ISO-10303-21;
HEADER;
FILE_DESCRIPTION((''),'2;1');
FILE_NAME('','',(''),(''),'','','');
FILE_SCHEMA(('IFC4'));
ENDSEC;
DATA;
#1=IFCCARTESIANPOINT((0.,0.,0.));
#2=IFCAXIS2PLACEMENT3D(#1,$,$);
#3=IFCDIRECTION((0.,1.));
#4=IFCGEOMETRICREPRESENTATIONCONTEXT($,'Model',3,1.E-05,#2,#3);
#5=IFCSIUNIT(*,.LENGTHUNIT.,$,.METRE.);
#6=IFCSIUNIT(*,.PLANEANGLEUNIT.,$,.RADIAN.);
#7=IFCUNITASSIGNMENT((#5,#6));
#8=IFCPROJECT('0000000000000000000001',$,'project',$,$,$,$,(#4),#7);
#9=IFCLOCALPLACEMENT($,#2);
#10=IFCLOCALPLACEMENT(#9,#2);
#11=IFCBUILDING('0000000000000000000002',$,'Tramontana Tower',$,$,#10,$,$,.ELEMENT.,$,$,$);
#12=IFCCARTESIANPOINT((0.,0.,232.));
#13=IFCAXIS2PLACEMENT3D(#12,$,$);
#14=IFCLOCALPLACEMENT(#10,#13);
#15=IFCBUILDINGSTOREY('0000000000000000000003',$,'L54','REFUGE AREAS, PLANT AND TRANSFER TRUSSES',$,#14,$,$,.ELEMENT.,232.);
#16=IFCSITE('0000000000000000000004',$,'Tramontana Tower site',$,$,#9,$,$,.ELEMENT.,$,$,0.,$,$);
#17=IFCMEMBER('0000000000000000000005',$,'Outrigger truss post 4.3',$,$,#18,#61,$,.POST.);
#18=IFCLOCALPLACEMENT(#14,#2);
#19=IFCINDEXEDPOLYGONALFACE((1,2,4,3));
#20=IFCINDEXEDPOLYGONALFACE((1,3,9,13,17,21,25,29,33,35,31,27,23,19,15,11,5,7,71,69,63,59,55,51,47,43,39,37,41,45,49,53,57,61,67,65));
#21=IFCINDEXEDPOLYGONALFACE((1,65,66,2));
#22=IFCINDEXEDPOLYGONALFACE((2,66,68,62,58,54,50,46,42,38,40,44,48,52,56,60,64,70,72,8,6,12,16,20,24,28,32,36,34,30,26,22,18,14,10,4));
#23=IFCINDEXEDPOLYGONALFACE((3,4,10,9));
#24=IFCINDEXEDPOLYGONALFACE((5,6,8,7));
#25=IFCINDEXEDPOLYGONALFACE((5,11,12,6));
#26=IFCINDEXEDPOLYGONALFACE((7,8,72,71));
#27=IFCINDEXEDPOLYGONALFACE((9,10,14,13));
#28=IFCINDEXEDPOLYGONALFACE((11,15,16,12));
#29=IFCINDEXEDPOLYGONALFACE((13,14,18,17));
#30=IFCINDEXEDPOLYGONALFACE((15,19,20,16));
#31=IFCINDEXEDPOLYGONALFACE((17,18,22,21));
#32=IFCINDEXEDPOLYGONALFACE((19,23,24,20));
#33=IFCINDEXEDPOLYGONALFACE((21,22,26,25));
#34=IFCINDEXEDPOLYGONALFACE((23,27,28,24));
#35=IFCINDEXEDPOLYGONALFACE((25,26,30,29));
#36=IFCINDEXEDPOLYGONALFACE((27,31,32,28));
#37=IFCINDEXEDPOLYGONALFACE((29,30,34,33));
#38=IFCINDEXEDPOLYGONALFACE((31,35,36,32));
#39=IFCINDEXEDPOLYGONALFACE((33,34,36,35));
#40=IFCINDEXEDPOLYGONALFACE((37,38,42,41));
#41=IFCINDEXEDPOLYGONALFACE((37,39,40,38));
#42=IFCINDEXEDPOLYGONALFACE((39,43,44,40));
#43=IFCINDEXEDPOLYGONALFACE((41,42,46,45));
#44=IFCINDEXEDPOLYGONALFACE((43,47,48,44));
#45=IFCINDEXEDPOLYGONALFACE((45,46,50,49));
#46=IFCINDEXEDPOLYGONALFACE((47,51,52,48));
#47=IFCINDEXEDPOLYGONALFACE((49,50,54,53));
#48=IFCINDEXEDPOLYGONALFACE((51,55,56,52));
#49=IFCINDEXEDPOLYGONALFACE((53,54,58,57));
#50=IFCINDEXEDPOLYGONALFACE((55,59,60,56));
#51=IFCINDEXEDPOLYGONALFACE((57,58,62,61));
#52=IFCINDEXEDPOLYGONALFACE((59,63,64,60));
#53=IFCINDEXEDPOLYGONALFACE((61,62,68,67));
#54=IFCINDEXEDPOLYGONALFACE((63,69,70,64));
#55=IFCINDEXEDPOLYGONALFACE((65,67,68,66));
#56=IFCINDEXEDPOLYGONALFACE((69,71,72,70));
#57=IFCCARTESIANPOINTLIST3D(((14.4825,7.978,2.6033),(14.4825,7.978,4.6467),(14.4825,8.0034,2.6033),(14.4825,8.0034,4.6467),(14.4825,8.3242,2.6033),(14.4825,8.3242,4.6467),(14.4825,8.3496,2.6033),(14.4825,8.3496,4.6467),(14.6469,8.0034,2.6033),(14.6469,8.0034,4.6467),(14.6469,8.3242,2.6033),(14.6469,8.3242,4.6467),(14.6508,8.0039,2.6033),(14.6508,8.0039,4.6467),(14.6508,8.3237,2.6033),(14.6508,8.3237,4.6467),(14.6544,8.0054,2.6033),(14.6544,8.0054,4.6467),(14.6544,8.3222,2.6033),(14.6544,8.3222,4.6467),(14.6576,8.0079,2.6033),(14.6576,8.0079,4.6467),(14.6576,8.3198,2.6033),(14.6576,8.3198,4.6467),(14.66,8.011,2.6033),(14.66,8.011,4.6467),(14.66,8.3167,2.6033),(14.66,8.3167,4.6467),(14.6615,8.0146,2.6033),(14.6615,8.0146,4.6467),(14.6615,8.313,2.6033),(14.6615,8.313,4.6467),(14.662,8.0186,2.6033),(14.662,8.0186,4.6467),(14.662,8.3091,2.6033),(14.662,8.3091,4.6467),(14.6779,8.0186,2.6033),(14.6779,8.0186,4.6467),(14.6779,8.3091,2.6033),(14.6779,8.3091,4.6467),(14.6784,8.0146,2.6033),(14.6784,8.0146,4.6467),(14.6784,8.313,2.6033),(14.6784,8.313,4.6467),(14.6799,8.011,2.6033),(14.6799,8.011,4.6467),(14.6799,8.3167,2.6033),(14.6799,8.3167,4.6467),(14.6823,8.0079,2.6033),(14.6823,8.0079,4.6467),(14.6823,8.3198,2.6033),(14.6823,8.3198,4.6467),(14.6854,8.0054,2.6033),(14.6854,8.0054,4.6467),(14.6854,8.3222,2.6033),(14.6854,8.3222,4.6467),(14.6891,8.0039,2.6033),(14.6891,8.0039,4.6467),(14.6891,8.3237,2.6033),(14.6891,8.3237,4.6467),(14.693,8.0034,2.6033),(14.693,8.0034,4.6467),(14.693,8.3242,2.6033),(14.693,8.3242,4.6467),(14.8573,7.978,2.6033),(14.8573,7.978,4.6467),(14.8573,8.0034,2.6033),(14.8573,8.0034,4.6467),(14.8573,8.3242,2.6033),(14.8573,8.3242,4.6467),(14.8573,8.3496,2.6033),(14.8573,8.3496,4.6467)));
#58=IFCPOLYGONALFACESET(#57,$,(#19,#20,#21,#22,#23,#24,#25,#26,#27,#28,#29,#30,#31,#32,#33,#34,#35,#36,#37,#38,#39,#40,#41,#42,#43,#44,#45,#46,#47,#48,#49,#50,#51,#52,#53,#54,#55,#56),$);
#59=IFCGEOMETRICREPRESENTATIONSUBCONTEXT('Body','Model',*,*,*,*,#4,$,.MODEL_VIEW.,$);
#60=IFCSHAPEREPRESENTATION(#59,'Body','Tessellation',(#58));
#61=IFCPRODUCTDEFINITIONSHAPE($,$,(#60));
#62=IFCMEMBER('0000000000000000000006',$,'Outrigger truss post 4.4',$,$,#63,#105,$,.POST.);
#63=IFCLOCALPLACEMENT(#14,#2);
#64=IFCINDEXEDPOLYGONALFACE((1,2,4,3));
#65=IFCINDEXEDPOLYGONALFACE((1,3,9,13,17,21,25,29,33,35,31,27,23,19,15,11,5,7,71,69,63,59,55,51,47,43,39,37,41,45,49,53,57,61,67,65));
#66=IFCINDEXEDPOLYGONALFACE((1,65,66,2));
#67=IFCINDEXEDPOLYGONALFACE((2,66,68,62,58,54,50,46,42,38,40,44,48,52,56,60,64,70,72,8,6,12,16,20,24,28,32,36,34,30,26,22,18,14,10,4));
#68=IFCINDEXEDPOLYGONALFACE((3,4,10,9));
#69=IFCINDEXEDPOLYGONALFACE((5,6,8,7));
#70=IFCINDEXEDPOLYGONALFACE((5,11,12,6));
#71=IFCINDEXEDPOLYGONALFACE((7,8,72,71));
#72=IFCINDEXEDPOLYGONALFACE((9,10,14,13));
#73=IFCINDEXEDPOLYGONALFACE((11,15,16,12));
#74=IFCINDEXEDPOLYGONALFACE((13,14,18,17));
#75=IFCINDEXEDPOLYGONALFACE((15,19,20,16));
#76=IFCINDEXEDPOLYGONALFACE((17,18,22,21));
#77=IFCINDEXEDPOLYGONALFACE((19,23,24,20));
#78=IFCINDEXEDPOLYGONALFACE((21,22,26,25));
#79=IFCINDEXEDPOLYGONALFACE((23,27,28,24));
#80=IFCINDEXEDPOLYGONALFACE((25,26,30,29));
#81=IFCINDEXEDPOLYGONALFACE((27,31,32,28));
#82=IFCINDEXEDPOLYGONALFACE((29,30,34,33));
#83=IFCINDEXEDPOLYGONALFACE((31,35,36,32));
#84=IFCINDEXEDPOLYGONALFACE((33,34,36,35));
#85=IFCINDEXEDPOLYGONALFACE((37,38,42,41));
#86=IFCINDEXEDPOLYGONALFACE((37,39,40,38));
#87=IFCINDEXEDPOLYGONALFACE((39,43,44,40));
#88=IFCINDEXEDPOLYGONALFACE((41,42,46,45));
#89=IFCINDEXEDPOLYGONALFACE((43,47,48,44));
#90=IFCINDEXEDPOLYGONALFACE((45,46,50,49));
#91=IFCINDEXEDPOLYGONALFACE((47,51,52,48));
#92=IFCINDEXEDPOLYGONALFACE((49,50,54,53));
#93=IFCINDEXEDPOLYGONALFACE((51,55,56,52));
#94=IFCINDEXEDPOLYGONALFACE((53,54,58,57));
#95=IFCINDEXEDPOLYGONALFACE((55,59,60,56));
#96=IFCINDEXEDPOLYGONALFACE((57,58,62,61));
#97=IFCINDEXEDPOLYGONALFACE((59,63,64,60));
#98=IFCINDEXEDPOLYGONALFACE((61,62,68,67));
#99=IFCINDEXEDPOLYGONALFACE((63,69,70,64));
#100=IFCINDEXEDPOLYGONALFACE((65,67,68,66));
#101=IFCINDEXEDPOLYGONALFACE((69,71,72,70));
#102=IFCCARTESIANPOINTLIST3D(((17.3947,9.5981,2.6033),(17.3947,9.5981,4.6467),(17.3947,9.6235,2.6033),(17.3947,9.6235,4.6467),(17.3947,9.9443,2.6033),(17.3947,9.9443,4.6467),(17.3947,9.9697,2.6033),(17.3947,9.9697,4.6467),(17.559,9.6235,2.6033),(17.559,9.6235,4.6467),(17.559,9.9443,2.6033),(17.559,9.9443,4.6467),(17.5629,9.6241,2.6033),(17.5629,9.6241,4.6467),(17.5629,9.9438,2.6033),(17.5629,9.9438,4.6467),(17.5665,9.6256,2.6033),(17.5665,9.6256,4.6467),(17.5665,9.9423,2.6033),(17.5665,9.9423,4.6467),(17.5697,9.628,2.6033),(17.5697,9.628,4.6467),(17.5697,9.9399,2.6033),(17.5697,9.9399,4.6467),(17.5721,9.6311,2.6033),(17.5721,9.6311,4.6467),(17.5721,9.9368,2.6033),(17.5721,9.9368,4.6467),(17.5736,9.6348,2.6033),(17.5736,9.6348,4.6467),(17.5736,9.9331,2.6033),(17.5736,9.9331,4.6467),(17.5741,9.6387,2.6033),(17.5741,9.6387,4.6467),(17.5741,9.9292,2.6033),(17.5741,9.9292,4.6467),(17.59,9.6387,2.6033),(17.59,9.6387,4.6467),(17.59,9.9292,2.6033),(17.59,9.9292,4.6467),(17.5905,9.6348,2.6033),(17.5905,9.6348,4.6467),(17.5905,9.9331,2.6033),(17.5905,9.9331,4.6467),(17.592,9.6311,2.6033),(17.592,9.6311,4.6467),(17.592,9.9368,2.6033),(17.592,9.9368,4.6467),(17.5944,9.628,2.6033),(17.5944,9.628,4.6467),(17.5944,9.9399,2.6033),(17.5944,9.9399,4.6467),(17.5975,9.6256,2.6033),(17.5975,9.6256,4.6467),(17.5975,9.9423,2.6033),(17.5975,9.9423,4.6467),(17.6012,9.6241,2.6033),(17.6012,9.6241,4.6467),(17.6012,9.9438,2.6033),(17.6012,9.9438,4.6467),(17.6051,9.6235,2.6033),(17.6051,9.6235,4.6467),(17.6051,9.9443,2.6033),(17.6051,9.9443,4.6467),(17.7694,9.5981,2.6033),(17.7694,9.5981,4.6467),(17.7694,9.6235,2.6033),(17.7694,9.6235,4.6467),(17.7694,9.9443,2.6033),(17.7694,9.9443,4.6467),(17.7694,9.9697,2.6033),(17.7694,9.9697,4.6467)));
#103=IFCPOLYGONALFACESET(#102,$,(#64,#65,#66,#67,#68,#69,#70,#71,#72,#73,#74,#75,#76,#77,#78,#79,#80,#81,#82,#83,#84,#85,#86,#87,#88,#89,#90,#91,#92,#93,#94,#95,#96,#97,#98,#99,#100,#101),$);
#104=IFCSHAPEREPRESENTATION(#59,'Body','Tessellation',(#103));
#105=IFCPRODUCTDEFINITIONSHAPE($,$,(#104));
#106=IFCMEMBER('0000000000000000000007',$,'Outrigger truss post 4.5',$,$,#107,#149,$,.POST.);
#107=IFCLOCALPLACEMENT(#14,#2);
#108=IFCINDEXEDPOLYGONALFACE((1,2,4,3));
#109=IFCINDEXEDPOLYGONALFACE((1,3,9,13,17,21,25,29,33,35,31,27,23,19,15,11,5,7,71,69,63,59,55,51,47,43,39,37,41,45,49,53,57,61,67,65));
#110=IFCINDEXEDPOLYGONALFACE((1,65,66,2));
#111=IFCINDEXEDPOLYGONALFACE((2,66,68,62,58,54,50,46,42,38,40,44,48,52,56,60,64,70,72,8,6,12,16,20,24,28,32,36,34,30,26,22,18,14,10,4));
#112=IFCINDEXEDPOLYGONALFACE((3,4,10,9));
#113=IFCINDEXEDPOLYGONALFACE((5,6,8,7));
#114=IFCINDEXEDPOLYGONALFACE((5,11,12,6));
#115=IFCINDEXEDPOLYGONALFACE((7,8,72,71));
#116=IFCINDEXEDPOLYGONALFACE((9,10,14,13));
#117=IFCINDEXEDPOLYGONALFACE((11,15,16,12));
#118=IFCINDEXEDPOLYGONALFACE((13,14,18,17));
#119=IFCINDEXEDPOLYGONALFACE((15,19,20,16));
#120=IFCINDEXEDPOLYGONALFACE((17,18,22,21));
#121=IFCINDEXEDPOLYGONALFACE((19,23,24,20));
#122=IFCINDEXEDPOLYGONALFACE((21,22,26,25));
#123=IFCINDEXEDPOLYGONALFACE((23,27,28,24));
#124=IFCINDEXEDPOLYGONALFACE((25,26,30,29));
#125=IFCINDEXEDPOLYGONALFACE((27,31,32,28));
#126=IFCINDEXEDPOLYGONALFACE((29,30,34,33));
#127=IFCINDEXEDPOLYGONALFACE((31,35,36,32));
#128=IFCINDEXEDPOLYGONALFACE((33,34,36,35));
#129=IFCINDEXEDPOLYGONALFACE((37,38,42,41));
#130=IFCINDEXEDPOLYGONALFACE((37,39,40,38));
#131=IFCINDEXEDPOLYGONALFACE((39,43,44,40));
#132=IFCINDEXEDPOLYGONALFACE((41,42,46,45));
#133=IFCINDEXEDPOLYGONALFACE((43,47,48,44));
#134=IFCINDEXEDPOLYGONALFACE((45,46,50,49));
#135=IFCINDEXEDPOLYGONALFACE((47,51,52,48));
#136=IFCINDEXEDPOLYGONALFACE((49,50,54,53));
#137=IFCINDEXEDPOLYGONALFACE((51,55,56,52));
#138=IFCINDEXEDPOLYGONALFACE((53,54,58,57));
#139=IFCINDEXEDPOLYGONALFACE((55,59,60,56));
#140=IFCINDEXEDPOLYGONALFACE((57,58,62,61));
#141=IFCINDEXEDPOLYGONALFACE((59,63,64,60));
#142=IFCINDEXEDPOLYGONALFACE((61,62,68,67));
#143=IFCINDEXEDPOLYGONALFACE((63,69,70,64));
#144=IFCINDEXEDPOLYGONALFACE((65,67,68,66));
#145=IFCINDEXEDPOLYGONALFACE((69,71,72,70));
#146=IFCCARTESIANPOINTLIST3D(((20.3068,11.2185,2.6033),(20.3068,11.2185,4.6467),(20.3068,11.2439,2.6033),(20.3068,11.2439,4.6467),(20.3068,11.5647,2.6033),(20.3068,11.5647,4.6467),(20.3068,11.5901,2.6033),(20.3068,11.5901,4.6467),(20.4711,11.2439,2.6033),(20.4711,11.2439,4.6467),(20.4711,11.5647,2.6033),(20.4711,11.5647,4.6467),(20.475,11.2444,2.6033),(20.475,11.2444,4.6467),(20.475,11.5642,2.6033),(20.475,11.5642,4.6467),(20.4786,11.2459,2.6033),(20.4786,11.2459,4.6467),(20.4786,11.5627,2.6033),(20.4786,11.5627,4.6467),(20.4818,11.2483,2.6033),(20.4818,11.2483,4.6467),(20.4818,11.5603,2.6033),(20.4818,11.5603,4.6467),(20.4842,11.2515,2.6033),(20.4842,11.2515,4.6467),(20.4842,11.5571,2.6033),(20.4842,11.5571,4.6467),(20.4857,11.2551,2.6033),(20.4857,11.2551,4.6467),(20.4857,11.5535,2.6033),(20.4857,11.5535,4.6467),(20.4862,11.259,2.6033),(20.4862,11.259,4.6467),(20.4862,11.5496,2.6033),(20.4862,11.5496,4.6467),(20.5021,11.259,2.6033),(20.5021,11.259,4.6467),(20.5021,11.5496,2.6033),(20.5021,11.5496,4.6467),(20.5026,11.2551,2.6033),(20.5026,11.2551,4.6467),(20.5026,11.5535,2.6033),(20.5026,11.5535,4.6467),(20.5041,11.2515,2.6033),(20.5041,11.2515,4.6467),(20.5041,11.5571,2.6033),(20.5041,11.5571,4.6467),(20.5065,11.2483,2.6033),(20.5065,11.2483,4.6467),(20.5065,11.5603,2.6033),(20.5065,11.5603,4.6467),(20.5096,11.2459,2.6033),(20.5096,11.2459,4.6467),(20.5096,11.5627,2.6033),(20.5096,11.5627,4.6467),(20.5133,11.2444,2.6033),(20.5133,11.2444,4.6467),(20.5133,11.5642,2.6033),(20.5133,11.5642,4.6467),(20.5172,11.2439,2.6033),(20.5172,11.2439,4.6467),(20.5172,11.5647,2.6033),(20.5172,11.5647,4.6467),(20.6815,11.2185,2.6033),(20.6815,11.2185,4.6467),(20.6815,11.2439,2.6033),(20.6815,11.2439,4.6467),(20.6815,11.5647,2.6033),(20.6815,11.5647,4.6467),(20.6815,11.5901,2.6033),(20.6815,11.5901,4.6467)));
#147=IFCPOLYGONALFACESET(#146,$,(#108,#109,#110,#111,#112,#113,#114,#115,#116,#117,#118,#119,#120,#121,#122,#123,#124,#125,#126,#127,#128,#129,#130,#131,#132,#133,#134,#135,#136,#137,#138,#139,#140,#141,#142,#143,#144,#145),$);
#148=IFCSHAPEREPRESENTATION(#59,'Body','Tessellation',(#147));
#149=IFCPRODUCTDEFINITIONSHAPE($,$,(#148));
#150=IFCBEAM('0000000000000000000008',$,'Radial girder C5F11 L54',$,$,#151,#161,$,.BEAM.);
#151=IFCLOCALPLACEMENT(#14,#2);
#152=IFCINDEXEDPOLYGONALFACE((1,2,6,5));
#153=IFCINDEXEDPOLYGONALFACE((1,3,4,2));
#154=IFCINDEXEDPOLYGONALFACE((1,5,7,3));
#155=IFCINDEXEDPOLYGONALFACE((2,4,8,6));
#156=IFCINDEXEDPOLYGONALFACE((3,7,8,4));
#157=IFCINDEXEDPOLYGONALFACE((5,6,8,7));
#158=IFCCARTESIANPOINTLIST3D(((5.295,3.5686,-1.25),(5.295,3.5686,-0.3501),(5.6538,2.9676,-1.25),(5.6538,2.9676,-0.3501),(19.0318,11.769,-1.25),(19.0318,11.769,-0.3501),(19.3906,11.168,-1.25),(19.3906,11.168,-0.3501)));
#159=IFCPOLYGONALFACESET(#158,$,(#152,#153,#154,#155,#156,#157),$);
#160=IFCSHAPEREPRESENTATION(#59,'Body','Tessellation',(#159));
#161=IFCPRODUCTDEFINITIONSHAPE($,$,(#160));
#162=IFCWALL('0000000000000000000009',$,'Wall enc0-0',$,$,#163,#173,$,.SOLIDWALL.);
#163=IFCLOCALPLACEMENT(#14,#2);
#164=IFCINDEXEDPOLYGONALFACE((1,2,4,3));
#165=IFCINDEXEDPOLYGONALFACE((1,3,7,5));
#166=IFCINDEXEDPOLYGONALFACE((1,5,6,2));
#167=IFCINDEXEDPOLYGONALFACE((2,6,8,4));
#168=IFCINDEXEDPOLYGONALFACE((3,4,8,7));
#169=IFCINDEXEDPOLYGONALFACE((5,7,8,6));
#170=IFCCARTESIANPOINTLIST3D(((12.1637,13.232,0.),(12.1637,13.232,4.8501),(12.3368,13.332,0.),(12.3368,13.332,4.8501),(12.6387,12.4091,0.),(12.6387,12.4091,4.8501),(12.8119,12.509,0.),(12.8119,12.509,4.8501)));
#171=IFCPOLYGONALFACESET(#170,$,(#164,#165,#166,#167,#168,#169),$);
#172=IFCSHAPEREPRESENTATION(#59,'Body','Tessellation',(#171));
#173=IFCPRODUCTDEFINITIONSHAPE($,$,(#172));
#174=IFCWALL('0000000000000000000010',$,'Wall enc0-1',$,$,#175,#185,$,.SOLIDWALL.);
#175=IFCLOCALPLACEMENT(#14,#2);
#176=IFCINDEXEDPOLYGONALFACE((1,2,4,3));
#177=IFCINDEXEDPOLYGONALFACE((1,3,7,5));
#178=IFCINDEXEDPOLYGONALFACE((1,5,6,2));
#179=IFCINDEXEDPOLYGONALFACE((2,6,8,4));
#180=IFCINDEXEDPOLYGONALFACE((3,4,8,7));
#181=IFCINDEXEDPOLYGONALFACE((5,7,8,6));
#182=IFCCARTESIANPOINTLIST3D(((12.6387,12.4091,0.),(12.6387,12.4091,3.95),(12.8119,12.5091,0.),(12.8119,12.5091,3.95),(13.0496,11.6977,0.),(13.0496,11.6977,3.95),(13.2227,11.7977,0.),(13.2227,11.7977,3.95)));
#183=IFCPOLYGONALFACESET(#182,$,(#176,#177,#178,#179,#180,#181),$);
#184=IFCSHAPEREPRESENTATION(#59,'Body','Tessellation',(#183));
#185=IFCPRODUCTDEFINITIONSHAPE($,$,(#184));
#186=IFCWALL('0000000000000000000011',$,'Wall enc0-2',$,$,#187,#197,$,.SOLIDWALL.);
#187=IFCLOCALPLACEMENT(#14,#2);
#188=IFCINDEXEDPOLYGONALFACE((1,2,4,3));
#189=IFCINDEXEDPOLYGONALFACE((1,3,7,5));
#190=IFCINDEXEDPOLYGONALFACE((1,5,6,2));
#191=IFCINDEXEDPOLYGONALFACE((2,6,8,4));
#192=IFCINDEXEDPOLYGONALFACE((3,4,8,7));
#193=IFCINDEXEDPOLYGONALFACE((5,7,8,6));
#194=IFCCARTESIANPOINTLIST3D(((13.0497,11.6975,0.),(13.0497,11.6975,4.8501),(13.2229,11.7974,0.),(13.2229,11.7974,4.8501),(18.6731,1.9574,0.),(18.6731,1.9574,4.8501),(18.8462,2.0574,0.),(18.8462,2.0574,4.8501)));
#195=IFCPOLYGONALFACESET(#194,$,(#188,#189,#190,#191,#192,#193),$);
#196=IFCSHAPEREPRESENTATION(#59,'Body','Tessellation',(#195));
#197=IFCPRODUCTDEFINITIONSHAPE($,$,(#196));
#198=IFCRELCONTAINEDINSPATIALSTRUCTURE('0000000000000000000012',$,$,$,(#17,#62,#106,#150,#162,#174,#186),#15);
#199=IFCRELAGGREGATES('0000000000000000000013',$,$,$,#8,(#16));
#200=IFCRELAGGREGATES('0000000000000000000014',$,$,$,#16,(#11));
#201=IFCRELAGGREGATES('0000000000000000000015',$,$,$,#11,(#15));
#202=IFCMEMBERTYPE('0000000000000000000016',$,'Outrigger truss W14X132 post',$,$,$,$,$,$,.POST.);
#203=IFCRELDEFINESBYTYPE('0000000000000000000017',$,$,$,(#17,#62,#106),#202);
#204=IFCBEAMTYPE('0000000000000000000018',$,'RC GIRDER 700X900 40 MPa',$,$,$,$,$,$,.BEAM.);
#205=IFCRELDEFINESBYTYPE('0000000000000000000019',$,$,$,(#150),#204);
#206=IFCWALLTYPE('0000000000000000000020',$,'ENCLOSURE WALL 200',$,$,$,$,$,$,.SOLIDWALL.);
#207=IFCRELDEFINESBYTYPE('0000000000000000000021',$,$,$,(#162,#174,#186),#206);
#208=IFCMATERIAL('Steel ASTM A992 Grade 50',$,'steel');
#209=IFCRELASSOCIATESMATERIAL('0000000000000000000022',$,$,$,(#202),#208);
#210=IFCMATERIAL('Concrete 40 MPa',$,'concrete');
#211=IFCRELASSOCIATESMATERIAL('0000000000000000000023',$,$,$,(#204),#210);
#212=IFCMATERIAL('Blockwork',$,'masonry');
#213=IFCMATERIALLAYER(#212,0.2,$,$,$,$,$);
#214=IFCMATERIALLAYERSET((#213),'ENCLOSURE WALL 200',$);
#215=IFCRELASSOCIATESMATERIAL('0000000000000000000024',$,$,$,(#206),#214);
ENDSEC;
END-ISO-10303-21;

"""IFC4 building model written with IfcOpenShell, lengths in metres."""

from ifc_helpers import new_model, si_unit, direction, frame, frame_2d, origin, origin_2d, place, context, subcontext, project, spatial, rectangle, i_section, extrude, material, layer, layer_set, material_profile, profile_set, type_object, element, save


model = new_model("IFC4")

# Units and contexts
model_context = context("Model", 3, precision=1e-05, world=origin(), true_north=direction((0.0, 1.0)))
body_context = subcontext(model_context, "Body", "Model", "MODEL_VIEW")
ifc_project = project(units=[si_unit("LENGTHUNIT", "METRE"), si_unit("PLANEANGLEUNIT", "RADIAN")], contexts=[model_context])

# Site, building, storey
site_placement = place(None, origin())
site = spatial("IfcSite", under=ifc_project, at=site_placement, Name="Tramontana Tower site", CompositionType="ELEMENT", RefElevation=0.0)
building_placement = place(site_placement, origin())
building = spatial("IfcBuilding", under=site, at=building_placement, Name="Tramontana Tower", CompositionType="ELEMENT")
storey_placement = place(building_placement, frame((0.0, 0.0, 232.0)))
storey = spatial("IfcBuildingStorey", under=building, at=storey_placement, Name="L54", Description="REFUGE AREAS, PLANT AND TRANSFER TRUSSES", CompositionType="ELEMENT", Elevation=232.0)

# Members
ifc_material_1 = material(Name="Steel ASTM A992 Grade 50", Category="steel")
ifc_material_profile_1 = material_profile(ifc_material_1, i_section(OverallWidth=0.3748, OverallDepth=0.3716, WebThickness=0.0159, FlangeThickness=0.0254, FilletRadius=0.0151, at=origin_2d()), Name="W14X132")
ifc_profile_set_1 = profile_set([ifc_material_profile_1], Name="Steel ASTM A992 Grade 50")
member_type_1 = type_object("IfcMemberType", Name="Outrigger truss W14X132 post", PredefinedType="POST", material=ifc_profile_set_1)
for number, where, z_axis, x_axis, name in (
    (1, (14.6699, 8.1638, 2.6033), (0.0, 0.0, 1.0), (1.0, 0.0, 0.0), "Outrigger truss post 4.3"),
    (2, (17.582, 9.7839, 2.6033), (0.0, 0.0, 1.0), (1.0, 0.0, 0.0), "Outrigger truss post 4.4"),
    (3, (20.4941, 11.4043, 2.6033), (0.0, 0.0, 1.0), (1.0, 0.0, 0.0), "Outrigger truss post 4.5"),
):
    element("IfcMember", number, at=place(storey_placement, frame(where, z_axis=z_axis, x_axis=x_axis)), inside=storey, type_object=member_type_1, Name=name, PredefinedType="POST", context=body_context, shape_type="SweptSolid", body=[
        extrude(i_section(OverallWidth=0.3748, OverallDepth=0.3716, WebThickness=0.0159, FlangeThickness=0.0254, FilletRadius=0.0151, at=origin_2d()), origin(), (0.0, 0.0, 1.0), 2.0435),
    ])

# Beam
ifc_material_2 = material(Name="Concrete 40 MPa", Category="concrete")
ifc_material_profile_2 = material_profile(ifc_material_2, rectangle(XDim=0.7, YDim=0.8999, at=origin_2d()), Name="RC GIRDER 700X900 40 MPa")
ifc_profile_set_2 = profile_set([ifc_material_profile_2], Name="Concrete 40 MPa")
beam_type = type_object("IfcBeamType", Name="RC GIRDER 700X900 40 MPa", PredefinedType="BEAM", material=ifc_profile_set_2)
beam_placement = place(storey_placement, frame((19.2112, 11.4685, -0.8), z_axis=(-0.858639, -0.51258, 0.0), x_axis=(0.51258, -0.858639, 0.0)))
element("IfcBeam", 4, at=beam_placement, inside=storey, type_object=beam_type, Name="Radial girder C5F11 L54", PredefinedType="BEAM", context=body_context, shape_type="SweptSolid", body=[
    extrude(rectangle(XDim=0.7, YDim=0.8999, at=origin_2d()), origin(), (0.0, 0.0, 1.0), 15.9983),
])

# Walls
ifc_material_3 = material(Name="Blockwork", Category="masonry")
ifc_layer = layer(ifc_material_3, 0.2)
ifc_layer_set = layer_set([ifc_layer], Name="ENCLOSURE WALL 200")
wall_type = type_object("IfcWallType", Name="ENCLOSURE WALL 200", PredefinedType="SOLIDWALL", material=ifc_layer_set)
wall_1_placement = place(storey_placement, frame((12.2502, 13.282, 0.0), z_axis=(0.0, 0.0, 1.0), x_axis=(0.499952, -0.866053, 0.0)))
element("IfcWall", 5, at=wall_1_placement, inside=storey, type_object=wall_type, Name="Wall enc0-0", PredefinedType="SOLIDWALL", context=body_context, shape_type="SweptSolid", body=[
    extrude(rectangle(XDim=0.9502, YDim=0.2, at=frame_2d((0.4751, 0.0))), origin(), (0.0, 0.0, 1.0), 4.8501),
])
wall_2_placement = place(storey_placement, frame((12.7253, 12.459, 0.0), z_axis=(0.0, 0.0, 1.0), x_axis=(0.500134, -0.865948, 0.0)))
element("IfcWall", 6, at=wall_2_placement, inside=storey, type_object=wall_type, Name="Wall enc0-1", PredefinedType="SOLIDWALL", context=body_context, shape_type="SweptSolid", body=[
    extrude(rectangle(XDim=0.8215, YDim=0.2, at=frame_2d((0.4106, 0.0))), origin(), (0.0, 0.0, 1.0), 3.95),
])
wall_3_placement = place(storey_placement, frame((13.1362, 11.7476, 0.0), z_axis=(0.0, 0.0, 1.0), x_axis=(0.499994, -0.866029, 0.0)))
element("IfcWall", 7, at=wall_3_placement, inside=storey, type_object=wall_type, Name="Wall enc0-2", PredefinedType="SOLIDWALL", context=body_context, shape_type="SweptSolid", body=[
    extrude(rectangle(XDim=11.2468, YDim=0.2, at=frame_2d((5.6235, 0.0))), origin(), (0.0, 0.0, 1.0), 4.8501),
])

save(model, "model.ifc")
